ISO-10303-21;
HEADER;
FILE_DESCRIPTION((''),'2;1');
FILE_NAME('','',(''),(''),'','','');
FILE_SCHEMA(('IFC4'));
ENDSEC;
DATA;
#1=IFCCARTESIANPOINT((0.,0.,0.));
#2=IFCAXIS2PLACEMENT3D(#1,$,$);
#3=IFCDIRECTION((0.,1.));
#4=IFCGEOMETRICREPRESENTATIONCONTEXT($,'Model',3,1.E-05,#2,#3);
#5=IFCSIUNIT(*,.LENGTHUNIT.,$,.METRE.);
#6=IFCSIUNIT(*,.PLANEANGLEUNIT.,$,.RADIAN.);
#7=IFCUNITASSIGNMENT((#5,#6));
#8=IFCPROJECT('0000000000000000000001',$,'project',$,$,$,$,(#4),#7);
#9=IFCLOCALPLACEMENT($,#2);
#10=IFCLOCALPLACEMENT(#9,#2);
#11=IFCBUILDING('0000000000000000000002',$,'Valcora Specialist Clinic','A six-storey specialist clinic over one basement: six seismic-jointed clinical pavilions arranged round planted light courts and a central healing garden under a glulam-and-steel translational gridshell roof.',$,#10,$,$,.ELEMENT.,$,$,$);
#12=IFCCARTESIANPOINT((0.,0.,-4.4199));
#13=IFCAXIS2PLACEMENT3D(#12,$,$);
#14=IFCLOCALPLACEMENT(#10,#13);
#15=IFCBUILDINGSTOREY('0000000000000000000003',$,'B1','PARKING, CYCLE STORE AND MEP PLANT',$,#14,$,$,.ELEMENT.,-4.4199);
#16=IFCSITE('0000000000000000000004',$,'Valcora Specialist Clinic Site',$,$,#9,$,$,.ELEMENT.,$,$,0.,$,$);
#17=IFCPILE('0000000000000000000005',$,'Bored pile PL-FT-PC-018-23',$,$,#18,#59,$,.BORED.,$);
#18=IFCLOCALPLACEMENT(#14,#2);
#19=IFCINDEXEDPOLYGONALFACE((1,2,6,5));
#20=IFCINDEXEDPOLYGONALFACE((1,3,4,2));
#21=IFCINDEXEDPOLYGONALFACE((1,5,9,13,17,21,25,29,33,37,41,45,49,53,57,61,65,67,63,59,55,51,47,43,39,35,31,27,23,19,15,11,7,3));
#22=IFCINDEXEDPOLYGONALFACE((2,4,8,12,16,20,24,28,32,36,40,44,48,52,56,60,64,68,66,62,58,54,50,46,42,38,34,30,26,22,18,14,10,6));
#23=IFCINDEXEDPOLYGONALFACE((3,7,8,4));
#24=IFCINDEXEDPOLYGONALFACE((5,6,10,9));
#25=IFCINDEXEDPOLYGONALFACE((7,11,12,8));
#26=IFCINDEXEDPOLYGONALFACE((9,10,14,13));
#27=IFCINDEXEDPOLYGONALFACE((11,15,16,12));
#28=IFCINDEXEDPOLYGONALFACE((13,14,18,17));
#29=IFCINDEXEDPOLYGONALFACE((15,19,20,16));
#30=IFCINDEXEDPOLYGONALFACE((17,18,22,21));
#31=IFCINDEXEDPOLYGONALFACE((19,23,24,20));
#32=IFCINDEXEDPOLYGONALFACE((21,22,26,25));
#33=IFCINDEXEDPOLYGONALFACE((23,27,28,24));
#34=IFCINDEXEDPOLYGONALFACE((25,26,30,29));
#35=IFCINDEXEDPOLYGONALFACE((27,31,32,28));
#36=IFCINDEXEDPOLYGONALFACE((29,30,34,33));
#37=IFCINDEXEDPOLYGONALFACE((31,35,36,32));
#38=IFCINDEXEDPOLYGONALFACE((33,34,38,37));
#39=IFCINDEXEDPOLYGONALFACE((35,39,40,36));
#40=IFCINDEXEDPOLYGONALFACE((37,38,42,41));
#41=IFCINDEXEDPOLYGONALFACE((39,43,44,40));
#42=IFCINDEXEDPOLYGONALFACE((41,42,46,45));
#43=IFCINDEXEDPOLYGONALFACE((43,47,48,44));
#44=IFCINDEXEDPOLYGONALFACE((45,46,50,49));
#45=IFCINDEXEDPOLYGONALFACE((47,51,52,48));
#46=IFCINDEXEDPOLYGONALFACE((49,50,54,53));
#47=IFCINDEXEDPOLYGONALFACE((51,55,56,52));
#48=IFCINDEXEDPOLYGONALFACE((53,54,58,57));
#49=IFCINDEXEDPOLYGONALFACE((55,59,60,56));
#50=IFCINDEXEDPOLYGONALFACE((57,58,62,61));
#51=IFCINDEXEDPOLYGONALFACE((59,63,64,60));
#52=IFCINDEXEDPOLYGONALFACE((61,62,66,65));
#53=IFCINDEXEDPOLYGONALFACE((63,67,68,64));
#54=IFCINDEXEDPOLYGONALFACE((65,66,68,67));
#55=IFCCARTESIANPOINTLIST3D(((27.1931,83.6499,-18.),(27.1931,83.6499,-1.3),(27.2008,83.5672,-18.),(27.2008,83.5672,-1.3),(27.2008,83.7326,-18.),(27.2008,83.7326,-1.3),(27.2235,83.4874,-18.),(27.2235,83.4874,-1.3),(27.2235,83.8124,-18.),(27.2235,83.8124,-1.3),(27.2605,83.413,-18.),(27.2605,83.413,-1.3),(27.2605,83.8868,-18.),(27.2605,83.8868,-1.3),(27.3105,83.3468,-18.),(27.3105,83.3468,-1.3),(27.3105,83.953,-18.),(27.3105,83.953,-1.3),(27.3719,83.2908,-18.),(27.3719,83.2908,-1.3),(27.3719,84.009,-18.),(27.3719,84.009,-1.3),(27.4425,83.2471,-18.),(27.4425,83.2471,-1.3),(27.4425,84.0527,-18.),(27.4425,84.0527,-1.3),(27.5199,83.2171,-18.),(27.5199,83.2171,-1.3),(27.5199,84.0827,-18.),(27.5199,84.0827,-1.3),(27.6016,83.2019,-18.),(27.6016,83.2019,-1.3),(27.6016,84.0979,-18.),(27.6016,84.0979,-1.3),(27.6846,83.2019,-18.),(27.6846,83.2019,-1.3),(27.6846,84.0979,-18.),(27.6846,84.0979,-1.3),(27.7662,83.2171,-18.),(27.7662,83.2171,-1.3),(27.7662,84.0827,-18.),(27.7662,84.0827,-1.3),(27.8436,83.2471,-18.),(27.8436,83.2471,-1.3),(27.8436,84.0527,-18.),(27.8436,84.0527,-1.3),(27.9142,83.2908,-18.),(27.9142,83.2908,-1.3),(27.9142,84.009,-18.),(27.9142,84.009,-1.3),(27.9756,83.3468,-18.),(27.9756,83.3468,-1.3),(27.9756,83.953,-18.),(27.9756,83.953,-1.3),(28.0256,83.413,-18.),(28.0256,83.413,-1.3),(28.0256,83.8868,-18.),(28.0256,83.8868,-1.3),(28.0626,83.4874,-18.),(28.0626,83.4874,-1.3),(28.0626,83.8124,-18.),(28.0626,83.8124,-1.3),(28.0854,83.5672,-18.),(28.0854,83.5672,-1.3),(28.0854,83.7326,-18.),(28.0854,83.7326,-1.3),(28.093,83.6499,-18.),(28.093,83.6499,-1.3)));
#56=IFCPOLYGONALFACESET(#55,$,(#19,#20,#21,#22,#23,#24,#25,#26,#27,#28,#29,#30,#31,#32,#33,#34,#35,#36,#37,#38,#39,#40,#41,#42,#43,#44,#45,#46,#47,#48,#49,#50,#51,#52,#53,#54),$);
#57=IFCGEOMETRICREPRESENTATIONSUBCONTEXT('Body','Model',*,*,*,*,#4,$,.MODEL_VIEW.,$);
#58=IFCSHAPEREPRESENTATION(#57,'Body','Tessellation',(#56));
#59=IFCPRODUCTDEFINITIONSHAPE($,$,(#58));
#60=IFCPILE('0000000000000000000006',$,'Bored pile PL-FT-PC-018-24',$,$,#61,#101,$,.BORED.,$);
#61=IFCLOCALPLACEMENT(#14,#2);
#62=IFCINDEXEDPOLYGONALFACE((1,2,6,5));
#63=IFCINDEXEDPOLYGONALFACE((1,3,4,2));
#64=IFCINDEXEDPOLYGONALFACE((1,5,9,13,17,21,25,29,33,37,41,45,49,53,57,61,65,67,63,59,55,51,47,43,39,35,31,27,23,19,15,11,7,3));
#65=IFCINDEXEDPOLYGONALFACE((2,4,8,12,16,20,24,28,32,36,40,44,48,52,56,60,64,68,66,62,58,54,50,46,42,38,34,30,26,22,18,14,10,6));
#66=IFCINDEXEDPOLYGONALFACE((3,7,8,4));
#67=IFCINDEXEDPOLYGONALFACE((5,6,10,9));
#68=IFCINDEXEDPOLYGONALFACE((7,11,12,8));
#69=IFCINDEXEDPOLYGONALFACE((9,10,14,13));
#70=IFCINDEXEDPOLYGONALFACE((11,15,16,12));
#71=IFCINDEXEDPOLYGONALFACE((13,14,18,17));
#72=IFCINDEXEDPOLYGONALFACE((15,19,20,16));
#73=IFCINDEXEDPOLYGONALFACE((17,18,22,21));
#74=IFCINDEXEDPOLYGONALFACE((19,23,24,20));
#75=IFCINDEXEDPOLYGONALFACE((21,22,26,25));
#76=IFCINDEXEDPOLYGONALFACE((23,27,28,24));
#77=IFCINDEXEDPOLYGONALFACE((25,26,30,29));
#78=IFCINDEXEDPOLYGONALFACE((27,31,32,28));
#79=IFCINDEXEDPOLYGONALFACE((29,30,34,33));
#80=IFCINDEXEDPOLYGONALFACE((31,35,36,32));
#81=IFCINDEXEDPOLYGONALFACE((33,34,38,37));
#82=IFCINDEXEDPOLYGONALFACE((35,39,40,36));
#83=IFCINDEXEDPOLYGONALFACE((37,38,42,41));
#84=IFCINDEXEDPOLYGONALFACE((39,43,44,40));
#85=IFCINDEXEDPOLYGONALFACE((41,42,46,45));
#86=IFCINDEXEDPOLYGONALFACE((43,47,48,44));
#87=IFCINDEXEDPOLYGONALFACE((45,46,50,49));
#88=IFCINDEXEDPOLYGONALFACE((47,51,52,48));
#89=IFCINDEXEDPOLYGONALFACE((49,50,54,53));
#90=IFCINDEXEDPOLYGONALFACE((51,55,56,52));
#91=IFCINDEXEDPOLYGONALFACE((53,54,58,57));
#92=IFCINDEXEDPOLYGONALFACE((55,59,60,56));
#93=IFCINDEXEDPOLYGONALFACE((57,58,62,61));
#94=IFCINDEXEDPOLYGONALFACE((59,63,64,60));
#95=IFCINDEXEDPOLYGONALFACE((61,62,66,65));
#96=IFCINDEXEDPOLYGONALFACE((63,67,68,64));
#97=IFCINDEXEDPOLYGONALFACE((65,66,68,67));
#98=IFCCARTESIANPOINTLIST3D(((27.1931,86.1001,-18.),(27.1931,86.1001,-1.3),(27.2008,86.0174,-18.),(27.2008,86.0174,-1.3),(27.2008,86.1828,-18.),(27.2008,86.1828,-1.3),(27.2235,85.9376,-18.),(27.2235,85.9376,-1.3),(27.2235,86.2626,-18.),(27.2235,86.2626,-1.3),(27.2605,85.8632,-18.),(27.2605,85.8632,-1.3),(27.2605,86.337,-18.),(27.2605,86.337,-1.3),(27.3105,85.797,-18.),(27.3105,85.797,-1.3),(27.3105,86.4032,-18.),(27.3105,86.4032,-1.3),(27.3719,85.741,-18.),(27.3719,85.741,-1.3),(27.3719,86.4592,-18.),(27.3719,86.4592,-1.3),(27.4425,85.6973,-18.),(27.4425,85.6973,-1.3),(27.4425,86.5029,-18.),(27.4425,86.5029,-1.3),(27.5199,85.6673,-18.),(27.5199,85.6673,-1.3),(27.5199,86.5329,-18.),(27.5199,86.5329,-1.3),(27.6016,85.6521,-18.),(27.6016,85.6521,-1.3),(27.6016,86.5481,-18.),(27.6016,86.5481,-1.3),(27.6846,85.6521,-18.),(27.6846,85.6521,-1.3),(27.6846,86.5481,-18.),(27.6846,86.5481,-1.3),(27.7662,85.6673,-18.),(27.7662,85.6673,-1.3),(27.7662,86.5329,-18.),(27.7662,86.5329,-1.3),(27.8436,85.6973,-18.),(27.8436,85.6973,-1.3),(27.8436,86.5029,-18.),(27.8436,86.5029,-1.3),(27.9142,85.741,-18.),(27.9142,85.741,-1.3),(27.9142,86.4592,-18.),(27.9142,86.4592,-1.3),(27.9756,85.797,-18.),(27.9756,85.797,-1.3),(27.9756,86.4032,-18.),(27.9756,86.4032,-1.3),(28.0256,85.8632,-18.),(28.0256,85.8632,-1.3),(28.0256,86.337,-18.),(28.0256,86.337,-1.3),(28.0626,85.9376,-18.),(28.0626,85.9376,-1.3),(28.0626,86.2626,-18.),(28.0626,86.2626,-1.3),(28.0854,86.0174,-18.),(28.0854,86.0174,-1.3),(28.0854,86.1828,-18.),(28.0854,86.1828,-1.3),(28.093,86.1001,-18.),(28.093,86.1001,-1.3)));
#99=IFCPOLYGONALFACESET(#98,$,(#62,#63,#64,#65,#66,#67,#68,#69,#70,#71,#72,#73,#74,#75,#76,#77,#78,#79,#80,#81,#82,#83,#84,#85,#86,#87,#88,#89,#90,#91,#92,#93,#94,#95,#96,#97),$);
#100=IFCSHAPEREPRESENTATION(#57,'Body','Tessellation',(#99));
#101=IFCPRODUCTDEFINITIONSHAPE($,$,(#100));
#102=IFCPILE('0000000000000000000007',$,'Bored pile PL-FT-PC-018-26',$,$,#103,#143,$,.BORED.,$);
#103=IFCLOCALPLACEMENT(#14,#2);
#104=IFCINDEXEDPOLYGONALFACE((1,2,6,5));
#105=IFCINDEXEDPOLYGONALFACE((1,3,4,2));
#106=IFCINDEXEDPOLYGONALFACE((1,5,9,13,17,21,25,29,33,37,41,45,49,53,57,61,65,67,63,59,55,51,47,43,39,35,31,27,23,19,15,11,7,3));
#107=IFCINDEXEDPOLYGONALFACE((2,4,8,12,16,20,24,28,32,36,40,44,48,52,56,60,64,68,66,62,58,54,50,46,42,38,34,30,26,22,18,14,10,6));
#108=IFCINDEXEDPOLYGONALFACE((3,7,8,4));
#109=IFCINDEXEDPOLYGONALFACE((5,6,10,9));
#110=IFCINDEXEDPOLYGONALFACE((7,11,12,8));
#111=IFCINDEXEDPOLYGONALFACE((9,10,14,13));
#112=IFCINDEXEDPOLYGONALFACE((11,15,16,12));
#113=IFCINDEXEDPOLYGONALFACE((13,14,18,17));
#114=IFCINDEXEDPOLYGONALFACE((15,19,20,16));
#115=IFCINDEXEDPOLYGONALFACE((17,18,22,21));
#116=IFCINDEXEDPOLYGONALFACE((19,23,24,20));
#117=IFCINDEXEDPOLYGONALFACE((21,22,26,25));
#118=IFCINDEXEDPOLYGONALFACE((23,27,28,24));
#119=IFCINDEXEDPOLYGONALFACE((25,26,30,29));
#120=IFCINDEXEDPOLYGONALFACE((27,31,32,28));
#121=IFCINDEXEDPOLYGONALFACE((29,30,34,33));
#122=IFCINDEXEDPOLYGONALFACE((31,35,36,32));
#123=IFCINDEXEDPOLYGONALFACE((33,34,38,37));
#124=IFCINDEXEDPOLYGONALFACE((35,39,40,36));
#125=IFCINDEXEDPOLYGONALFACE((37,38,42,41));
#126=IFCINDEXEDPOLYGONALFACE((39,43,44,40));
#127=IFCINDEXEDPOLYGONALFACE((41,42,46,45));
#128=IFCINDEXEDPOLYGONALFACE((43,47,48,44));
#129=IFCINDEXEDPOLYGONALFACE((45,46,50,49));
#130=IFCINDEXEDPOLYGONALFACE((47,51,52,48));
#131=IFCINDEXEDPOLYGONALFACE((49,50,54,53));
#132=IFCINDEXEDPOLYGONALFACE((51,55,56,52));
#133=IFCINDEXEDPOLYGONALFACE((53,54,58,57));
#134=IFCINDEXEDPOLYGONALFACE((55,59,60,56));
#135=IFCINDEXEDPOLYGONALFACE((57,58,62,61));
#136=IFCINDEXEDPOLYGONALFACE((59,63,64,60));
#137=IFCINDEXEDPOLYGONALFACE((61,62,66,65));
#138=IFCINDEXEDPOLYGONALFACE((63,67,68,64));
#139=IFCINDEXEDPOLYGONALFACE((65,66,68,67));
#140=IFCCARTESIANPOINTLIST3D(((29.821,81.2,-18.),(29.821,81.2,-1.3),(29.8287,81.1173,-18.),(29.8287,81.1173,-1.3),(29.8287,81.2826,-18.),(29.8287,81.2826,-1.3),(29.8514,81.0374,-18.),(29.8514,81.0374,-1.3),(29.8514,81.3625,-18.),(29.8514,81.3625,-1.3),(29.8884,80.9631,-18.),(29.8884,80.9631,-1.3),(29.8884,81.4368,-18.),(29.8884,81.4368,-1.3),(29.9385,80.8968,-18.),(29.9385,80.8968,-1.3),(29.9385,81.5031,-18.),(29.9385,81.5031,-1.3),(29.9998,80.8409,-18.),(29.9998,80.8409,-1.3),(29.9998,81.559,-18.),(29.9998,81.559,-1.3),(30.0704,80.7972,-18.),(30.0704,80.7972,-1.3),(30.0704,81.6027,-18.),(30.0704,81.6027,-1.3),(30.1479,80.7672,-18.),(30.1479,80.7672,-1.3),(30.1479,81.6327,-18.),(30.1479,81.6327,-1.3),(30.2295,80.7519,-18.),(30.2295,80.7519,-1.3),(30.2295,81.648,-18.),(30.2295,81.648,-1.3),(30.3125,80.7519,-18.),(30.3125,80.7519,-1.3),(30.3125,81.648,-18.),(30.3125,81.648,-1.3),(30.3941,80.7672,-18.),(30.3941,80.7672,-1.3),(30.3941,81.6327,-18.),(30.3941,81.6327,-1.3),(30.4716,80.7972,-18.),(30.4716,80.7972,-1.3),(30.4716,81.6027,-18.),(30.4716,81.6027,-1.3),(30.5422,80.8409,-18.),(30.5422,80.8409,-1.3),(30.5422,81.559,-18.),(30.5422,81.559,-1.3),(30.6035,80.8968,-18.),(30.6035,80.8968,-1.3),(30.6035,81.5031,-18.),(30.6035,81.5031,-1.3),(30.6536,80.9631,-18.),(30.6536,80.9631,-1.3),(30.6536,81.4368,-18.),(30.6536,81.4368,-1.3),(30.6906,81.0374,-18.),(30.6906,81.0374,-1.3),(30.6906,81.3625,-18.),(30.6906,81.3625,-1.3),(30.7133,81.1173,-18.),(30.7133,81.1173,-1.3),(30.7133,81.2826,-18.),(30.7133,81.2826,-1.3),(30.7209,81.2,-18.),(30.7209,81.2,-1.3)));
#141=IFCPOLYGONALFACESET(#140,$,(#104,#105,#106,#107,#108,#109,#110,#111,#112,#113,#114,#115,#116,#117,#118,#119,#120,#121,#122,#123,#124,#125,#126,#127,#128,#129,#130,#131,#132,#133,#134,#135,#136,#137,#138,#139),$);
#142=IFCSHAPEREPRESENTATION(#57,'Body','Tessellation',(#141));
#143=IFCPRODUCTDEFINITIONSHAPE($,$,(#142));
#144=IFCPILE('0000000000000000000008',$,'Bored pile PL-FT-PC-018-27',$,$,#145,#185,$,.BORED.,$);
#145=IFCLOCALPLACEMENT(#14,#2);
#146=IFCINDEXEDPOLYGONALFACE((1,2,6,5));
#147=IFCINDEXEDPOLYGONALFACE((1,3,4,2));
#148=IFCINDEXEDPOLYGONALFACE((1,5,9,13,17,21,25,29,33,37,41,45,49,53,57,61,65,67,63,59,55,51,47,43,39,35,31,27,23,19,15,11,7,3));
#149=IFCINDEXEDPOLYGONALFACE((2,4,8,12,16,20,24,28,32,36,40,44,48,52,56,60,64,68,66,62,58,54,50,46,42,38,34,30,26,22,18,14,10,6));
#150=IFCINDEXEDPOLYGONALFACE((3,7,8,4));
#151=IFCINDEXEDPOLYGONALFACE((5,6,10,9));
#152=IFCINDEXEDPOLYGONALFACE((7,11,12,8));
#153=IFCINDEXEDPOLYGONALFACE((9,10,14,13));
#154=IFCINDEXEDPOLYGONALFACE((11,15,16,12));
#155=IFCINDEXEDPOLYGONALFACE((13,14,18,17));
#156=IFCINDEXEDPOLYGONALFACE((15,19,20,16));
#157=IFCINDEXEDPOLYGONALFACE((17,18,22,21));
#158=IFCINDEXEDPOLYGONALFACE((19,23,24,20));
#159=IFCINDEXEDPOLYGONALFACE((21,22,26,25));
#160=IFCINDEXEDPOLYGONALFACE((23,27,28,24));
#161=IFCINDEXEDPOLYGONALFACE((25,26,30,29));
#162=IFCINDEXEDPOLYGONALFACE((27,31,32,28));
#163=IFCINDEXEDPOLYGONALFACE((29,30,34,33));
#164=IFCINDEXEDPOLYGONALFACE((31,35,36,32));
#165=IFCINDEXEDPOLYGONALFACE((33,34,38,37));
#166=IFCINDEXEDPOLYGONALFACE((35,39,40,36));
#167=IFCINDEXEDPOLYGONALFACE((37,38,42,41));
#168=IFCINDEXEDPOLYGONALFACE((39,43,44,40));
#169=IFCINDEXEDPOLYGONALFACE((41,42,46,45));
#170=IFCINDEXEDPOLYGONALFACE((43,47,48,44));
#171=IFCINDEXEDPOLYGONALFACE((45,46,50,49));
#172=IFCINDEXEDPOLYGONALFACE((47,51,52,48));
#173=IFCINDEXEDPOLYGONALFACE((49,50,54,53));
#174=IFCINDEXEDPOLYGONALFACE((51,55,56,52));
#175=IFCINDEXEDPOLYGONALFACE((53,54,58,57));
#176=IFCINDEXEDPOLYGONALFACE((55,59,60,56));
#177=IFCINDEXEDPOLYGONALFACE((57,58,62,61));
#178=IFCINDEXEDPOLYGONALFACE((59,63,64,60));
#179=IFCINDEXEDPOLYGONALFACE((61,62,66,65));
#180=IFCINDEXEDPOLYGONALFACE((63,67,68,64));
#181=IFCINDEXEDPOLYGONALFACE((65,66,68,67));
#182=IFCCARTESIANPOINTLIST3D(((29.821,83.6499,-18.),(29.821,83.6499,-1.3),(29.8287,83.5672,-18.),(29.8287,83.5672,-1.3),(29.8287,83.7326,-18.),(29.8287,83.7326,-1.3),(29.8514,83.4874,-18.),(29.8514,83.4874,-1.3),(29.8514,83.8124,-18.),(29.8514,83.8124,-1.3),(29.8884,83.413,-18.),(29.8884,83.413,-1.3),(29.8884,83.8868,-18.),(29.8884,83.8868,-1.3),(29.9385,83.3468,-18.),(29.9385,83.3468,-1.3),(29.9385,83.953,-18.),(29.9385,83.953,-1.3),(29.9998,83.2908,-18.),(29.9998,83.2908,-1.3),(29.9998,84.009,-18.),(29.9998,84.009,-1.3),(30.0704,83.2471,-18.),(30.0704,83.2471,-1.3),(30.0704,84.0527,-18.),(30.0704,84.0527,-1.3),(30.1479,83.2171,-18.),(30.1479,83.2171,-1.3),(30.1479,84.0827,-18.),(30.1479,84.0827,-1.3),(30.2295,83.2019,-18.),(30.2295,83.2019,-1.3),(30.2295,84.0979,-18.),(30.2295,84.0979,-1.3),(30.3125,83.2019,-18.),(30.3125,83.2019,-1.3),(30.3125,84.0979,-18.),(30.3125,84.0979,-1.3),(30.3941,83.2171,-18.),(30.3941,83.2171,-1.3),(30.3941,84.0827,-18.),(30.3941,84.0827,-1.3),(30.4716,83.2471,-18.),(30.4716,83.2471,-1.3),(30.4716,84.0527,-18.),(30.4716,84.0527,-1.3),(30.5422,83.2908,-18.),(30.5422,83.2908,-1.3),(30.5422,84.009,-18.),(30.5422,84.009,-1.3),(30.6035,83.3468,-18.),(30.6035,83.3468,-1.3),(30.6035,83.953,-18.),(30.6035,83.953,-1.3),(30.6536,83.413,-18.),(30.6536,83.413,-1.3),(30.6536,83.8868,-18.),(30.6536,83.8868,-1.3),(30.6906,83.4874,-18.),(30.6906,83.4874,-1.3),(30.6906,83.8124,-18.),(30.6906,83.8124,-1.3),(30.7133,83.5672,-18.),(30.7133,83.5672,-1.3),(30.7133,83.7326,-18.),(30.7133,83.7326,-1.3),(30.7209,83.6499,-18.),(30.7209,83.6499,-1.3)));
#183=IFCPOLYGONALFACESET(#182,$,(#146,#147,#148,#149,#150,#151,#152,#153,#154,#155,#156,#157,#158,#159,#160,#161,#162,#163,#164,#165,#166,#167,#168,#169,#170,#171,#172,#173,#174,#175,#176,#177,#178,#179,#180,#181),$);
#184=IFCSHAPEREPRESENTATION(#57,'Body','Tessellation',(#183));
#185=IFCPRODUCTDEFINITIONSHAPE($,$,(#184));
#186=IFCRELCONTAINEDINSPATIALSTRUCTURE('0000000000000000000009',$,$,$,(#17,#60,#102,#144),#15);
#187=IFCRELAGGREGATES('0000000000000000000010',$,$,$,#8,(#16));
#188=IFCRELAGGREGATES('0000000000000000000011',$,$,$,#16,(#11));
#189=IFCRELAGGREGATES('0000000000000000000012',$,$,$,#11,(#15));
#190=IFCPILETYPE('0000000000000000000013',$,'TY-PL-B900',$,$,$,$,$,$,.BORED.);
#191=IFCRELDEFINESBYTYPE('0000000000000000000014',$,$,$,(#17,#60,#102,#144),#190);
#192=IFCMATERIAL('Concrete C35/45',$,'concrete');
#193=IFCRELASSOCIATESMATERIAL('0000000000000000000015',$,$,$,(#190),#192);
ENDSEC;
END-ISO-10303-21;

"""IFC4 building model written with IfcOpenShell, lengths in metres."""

from ifc_helpers import new_model, si_unit, direction, frame, origin, origin_2d, place, context, subcontext, project, spatial, circle, extrude, material, material_profile, profile_set, type_object, element, save


model = new_model("IFC4")

# Units and contexts
model_context = context("Model", 3, precision=1e-05, world=origin(), true_north=direction((0.0, 1.0)))
body_context = subcontext(model_context, "Body", "Model", "MODEL_VIEW")
ifc_project = project(units=[si_unit("LENGTHUNIT", "METRE"), si_unit("PLANEANGLEUNIT", "RADIAN")], contexts=[model_context])

# Site, building, storey
site_placement = place(None, origin())
site = spatial("IfcSite", under=ifc_project, at=site_placement, Name="Valcora Specialist Clinic Site", CompositionType="ELEMENT", RefElevation=0.0)
building_placement = place(site_placement, origin())
building = spatial("IfcBuilding", under=site, at=building_placement, Name="Valcora Specialist Clinic", Description="A six-storey specialist clinic over one basement: six seismic-jointed clinical pavilions arranged round planted light courts and a central healing garden under a glulam-and-steel translational gridshell roof.", CompositionType="ELEMENT")
storey_placement = place(building_placement, frame((0.0, 0.0, -4.4199)))
storey = spatial("IfcBuildingStorey", under=building, at=storey_placement, Name="B1", Description="PARKING, CYCLE STORE AND MEP PLANT", CompositionType="ELEMENT", Elevation=-4.4199)

# Piles
ifc_material_1 = material(Name="Concrete C35/45", Category="concrete")
ifc_material_profile_1 = material_profile(ifc_material_1, circle(Radius=0.45, at=origin_2d()), Name="RC-PIL-D900")
ifc_profile_set_1 = profile_set([ifc_material_profile_1], Name="Concrete C35/45")
pile_type = type_object("IfcPileType", Name="TY-PL-B900", PredefinedType="BORED", material=ifc_profile_set_1)
for number, where, z_axis, x_axis, name in (
    (1, (27.6431, 83.6499, -1.3), (0.0, 0.0, -1.0), (1.0, 0.0, 0.0), "Bored pile PL-FT-PC-018-23"),
    (2, (27.6431, 86.1001, -1.3), (0.0, 0.0, -1.0), (1.0, 0.0, 0.0), "Bored pile PL-FT-PC-018-24"),
    (3, (30.271, 81.2, -1.3), (0.0, 0.0, -1.0), (1.0, 0.0, 0.0), "Bored pile PL-FT-PC-018-26"),
    (4, (30.271, 83.6499, -1.3), (0.0, 0.0, -1.0), (1.0, 0.0, 0.0), "Bored pile PL-FT-PC-018-27"),
):
    element("IfcPile", number, at=place(storey_placement, frame(where, z_axis=z_axis, x_axis=x_axis)), inside=storey, type_object=pile_type, Name=name, PredefinedType="BORED", context=body_context, shape_type="SweptSolid", body=[
        extrude(circle(Radius=0.45, at=origin_2d()), origin(), (0.0, 0.0, 1.0), 16.7),
    ])

save(model, "model.ifc")
